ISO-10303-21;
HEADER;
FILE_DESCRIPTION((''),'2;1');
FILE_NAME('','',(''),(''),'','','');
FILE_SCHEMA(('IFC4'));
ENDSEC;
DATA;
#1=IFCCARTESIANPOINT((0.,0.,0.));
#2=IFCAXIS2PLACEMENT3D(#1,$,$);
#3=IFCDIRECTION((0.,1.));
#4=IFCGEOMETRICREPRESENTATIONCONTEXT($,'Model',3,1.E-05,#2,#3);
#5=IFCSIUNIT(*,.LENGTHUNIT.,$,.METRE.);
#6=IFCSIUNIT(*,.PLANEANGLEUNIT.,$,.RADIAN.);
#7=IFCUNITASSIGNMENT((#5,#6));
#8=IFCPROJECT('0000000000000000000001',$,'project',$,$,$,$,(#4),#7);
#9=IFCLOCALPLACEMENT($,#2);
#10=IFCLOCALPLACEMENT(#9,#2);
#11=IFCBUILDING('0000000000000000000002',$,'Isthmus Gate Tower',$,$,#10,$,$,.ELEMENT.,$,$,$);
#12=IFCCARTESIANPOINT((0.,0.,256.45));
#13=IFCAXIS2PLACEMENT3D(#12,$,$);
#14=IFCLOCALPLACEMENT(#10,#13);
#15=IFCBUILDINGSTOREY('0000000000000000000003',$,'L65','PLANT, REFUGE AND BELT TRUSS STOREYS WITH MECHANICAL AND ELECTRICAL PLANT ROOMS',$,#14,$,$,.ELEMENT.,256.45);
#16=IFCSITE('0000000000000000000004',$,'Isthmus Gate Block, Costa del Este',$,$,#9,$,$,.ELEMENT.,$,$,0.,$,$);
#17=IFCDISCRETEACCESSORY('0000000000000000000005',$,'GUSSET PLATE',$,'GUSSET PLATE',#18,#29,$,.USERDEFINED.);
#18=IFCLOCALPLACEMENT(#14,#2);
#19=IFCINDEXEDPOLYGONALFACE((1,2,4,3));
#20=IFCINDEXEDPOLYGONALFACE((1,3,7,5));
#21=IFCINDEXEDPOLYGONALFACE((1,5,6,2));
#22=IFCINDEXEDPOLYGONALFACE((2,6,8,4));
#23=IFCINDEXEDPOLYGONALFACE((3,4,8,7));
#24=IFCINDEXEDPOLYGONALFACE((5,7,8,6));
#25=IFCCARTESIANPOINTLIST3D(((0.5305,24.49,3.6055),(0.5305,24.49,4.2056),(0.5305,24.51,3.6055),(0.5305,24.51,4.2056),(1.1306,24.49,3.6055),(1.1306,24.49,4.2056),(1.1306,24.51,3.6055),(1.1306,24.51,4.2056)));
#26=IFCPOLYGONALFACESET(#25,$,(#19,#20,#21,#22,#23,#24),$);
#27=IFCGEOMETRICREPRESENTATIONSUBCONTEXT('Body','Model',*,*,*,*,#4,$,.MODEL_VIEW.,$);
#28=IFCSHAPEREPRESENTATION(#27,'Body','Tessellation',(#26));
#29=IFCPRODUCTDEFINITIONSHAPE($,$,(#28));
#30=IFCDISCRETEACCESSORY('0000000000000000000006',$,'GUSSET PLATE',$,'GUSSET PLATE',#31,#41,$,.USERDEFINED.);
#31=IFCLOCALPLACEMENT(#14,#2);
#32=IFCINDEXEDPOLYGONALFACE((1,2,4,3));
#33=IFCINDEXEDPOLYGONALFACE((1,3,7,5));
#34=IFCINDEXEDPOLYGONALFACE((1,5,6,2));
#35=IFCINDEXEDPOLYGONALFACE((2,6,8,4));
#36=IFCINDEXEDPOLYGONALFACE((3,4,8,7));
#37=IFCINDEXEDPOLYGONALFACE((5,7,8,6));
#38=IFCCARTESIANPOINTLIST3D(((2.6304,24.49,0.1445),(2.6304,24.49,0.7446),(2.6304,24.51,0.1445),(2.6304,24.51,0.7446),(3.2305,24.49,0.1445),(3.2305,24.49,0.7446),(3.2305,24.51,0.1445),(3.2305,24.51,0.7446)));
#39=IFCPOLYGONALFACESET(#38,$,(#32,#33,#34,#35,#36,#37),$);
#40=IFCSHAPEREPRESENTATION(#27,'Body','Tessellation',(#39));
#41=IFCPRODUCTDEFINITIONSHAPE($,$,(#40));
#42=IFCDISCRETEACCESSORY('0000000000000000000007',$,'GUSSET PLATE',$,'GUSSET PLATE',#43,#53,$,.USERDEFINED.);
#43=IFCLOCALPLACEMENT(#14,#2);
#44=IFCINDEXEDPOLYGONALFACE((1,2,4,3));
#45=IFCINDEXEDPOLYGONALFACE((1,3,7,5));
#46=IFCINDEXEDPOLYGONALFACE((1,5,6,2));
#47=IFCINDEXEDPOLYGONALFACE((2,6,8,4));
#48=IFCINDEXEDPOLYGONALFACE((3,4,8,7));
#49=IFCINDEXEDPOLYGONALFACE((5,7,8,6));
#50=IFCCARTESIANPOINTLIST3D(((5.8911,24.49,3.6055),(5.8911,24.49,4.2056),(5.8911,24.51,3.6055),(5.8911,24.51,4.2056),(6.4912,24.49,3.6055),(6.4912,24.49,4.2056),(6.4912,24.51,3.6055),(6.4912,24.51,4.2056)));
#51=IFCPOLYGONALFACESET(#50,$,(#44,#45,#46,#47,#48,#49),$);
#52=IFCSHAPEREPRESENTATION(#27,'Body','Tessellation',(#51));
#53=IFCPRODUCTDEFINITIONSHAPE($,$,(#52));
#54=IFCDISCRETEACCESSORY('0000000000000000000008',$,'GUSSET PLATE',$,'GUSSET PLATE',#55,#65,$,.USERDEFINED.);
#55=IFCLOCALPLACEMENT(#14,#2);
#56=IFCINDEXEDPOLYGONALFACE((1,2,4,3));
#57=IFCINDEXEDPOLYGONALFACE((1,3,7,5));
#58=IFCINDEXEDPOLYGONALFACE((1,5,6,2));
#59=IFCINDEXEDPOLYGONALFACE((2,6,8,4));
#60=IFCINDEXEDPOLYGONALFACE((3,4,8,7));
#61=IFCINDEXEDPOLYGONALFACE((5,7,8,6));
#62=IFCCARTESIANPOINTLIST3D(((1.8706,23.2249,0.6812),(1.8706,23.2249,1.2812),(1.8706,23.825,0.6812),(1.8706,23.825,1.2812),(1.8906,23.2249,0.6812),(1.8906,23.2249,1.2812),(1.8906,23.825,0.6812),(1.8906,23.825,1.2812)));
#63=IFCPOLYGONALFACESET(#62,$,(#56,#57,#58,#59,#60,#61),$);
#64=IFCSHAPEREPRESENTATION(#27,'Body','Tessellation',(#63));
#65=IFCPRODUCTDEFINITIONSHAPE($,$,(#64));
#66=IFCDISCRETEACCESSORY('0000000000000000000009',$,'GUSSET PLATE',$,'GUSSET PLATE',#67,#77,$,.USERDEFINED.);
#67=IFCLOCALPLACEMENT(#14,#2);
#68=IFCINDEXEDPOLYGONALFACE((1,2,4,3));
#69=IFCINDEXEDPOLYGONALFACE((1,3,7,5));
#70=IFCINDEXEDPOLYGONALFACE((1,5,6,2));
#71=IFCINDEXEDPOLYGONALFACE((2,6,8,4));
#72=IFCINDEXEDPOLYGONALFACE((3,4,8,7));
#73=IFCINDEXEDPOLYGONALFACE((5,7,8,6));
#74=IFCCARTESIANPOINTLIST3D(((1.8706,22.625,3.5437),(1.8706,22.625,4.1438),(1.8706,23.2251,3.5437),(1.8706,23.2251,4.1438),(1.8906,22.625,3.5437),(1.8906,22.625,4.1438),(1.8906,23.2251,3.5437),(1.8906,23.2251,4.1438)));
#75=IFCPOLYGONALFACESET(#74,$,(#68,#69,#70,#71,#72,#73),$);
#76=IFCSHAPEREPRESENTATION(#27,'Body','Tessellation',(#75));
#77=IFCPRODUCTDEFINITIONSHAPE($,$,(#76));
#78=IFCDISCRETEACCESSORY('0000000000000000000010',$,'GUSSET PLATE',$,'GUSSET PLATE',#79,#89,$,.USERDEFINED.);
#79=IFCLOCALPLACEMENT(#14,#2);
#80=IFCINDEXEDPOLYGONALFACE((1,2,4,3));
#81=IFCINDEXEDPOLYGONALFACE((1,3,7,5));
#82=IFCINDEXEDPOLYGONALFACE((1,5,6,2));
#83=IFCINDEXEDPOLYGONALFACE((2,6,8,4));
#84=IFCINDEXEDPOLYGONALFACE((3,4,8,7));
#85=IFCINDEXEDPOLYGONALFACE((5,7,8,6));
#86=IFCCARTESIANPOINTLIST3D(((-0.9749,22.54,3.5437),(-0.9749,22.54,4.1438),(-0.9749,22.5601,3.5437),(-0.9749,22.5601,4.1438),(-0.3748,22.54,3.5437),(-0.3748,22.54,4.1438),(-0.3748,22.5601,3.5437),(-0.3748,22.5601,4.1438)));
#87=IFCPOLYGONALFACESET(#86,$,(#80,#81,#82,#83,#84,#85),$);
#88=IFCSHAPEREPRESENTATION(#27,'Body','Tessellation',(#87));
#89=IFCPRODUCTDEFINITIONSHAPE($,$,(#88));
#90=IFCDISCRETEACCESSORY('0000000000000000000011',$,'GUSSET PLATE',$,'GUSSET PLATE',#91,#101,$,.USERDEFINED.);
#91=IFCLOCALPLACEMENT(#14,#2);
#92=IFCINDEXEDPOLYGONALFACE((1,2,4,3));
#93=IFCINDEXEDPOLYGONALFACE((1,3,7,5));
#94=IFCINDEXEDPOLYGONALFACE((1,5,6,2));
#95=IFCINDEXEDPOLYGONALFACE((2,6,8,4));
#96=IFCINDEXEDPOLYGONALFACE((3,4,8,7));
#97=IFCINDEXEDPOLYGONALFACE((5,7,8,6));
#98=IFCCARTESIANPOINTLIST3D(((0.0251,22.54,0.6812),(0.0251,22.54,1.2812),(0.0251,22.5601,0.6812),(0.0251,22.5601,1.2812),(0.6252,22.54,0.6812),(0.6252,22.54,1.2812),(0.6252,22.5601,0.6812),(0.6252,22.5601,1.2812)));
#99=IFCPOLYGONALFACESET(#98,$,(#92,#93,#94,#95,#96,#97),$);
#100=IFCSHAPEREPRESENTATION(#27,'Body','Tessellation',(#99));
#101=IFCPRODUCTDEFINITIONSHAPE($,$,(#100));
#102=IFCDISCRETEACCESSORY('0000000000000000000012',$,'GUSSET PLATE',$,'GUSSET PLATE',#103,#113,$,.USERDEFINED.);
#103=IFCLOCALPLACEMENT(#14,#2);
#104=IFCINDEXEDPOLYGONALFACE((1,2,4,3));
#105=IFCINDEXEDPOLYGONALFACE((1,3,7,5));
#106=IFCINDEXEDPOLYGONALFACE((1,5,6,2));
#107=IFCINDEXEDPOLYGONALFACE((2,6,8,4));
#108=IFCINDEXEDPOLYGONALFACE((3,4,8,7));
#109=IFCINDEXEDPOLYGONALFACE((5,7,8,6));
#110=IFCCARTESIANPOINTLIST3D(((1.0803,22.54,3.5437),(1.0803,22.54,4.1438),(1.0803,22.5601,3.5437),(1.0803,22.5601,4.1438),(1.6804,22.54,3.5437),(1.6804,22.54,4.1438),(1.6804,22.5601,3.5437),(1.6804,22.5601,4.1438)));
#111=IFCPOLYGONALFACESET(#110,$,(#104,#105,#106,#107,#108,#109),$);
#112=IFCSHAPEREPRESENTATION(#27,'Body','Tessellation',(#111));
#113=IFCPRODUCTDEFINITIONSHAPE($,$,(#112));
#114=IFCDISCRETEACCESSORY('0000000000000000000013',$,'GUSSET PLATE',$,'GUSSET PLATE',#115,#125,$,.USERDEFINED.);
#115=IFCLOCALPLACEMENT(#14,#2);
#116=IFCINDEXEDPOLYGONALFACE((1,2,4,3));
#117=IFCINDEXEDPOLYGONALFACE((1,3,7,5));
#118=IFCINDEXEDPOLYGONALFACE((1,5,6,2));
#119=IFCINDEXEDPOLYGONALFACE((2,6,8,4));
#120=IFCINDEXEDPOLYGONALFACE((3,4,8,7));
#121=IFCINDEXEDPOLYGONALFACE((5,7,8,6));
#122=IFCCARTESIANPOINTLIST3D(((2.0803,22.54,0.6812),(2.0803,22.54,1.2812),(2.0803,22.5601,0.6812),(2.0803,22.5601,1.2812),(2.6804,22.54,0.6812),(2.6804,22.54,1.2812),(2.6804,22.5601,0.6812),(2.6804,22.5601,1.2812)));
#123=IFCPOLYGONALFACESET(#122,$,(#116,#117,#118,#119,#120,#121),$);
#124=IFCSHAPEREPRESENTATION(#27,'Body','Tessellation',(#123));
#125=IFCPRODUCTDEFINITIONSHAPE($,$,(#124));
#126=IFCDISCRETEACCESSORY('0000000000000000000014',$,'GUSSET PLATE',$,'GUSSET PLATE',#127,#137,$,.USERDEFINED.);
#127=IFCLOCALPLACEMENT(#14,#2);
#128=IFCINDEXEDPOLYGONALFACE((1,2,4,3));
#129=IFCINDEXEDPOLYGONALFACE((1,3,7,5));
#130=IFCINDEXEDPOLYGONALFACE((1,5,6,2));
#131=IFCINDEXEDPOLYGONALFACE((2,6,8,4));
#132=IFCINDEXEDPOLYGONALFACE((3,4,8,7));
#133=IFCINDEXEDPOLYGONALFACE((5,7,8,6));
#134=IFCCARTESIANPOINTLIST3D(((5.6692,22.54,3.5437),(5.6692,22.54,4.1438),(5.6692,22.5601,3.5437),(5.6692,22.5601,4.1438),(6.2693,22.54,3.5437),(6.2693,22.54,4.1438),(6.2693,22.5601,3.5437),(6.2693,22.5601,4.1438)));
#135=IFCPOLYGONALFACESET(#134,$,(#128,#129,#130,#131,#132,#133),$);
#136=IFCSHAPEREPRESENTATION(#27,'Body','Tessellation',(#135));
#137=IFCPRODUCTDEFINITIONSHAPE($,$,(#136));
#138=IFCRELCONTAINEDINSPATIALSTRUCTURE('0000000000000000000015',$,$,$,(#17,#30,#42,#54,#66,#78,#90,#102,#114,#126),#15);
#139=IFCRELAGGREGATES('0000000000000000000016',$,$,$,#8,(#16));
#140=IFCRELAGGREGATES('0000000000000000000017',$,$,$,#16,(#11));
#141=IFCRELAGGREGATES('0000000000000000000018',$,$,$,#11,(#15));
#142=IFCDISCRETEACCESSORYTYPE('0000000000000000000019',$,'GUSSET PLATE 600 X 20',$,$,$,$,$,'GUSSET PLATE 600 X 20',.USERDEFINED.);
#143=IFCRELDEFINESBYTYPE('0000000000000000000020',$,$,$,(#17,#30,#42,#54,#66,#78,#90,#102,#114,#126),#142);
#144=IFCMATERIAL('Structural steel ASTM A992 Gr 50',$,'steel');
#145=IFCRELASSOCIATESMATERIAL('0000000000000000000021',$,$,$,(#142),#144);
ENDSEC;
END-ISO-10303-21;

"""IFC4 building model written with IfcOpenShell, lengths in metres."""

from ifc_helpers import new_model, si_unit, direction, frame, origin, origin_2d, place, context, subcontext, project, spatial, rectangle, extrude, material, type_object, element, save


model = new_model("IFC4")

# Units and contexts
model_context = context("Model", 3, precision=1e-05, world=origin(), true_north=direction((0.0, 1.0)))
body_context = subcontext(model_context, "Body", "Model", "MODEL_VIEW")
ifc_project = project(units=[si_unit("LENGTHUNIT", "METRE"), si_unit("PLANEANGLEUNIT", "RADIAN")], contexts=[model_context])

# Site, building, storey
site_placement = place(None, origin())
site = spatial("IfcSite", under=ifc_project, at=site_placement, Name="Isthmus Gate Block, Costa del Este", CompositionType="ELEMENT", RefElevation=0.0)
building_placement = place(site_placement, origin())
building = spatial("IfcBuilding", under=site, at=building_placement, Name="Isthmus Gate Tower", CompositionType="ELEMENT")
storey_placement = place(building_placement, frame((0.0, 0.0, 256.45)))
storey = spatial("IfcBuildingStorey", under=building, at=storey_placement, Name="L65", Description="PLANT, REFUGE AND BELT TRUSS STOREYS WITH MECHANICAL AND ELECTRICAL PLANT ROOMS", CompositionType="ELEMENT", Elevation=256.45)

# Discrete accessories
ifc_material_1 = material(Name="Structural steel ASTM A992 Gr 50", Category="steel")
discrete_accessory_type_1 = type_object("IfcDiscreteAccessoryType", Name="GUSSET PLATE 600 X 20", ElementType="GUSSET PLATE 600 X 20", PredefinedType="USERDEFINED", material=ifc_material_1)
for number, where, z_axis, x_axis, name in (
    (1, (0.8306, 24.5, 3.6055), (0.0, 0.0, 1.0), (1.0, 0.0, 0.0), "GUSSET PLATE"),
    (2, (2.9304, 24.5, 0.1445), (0.0, 0.0, 1.0), (1.0, 0.0, 0.0), "GUSSET PLATE"),
    (3, (6.1912, 24.5, 3.6055), (0.0, 0.0, 1.0), (1.0, 0.0, 0.0), "GUSSET PLATE"),
    (4, (1.8806, 23.5249, 0.6812), (0.0, 0.0, 1.0), (0.0, -1.0, 0.0), "GUSSET PLATE"),
    (5, (1.8806, 22.925, 3.5437), (0.0, 0.0, 1.0), (0.0, -1.0, 0.0), "GUSSET PLATE"),
    (6, (-0.6748, 22.55, 3.5437), (0.0, 0.0, 1.0), (1.0, 0.0, 0.0), "GUSSET PLATE"),
    (7, (0.3252, 22.55, 0.6812), (0.0, 0.0, 1.0), (1.0, 0.0, 0.0), "GUSSET PLATE"),
    (8, (1.3804, 22.55, 3.5437), (0.0, 0.0, 1.0), (1.0, 0.0, 0.0), "GUSSET PLATE"),
    (9, (2.3804, 22.55, 0.6812), (0.0, 0.0, 1.0), (1.0, 0.0, 0.0), "GUSSET PLATE"),
    (10, (5.9692, 22.55, 3.5437), (0.0, 0.0, 1.0), (1.0, 0.0, 0.0), "GUSSET PLATE"),
):
    element("IfcDiscreteAccessory", number, at=place(storey_placement, frame(where, z_axis=z_axis, x_axis=x_axis)), inside=storey, type_object=discrete_accessory_type_1, Name=name, ObjectType="GUSSET PLATE", PredefinedType="USERDEFINED", context=body_context, shape_type="SweptSolid", body=[
        extrude(rectangle(XDim=0.6001, YDim=0.02, at=origin_2d()), origin(), (0.0, 0.0, 1.0), 0.6001),
    ])

save(model, "model.ifc")
